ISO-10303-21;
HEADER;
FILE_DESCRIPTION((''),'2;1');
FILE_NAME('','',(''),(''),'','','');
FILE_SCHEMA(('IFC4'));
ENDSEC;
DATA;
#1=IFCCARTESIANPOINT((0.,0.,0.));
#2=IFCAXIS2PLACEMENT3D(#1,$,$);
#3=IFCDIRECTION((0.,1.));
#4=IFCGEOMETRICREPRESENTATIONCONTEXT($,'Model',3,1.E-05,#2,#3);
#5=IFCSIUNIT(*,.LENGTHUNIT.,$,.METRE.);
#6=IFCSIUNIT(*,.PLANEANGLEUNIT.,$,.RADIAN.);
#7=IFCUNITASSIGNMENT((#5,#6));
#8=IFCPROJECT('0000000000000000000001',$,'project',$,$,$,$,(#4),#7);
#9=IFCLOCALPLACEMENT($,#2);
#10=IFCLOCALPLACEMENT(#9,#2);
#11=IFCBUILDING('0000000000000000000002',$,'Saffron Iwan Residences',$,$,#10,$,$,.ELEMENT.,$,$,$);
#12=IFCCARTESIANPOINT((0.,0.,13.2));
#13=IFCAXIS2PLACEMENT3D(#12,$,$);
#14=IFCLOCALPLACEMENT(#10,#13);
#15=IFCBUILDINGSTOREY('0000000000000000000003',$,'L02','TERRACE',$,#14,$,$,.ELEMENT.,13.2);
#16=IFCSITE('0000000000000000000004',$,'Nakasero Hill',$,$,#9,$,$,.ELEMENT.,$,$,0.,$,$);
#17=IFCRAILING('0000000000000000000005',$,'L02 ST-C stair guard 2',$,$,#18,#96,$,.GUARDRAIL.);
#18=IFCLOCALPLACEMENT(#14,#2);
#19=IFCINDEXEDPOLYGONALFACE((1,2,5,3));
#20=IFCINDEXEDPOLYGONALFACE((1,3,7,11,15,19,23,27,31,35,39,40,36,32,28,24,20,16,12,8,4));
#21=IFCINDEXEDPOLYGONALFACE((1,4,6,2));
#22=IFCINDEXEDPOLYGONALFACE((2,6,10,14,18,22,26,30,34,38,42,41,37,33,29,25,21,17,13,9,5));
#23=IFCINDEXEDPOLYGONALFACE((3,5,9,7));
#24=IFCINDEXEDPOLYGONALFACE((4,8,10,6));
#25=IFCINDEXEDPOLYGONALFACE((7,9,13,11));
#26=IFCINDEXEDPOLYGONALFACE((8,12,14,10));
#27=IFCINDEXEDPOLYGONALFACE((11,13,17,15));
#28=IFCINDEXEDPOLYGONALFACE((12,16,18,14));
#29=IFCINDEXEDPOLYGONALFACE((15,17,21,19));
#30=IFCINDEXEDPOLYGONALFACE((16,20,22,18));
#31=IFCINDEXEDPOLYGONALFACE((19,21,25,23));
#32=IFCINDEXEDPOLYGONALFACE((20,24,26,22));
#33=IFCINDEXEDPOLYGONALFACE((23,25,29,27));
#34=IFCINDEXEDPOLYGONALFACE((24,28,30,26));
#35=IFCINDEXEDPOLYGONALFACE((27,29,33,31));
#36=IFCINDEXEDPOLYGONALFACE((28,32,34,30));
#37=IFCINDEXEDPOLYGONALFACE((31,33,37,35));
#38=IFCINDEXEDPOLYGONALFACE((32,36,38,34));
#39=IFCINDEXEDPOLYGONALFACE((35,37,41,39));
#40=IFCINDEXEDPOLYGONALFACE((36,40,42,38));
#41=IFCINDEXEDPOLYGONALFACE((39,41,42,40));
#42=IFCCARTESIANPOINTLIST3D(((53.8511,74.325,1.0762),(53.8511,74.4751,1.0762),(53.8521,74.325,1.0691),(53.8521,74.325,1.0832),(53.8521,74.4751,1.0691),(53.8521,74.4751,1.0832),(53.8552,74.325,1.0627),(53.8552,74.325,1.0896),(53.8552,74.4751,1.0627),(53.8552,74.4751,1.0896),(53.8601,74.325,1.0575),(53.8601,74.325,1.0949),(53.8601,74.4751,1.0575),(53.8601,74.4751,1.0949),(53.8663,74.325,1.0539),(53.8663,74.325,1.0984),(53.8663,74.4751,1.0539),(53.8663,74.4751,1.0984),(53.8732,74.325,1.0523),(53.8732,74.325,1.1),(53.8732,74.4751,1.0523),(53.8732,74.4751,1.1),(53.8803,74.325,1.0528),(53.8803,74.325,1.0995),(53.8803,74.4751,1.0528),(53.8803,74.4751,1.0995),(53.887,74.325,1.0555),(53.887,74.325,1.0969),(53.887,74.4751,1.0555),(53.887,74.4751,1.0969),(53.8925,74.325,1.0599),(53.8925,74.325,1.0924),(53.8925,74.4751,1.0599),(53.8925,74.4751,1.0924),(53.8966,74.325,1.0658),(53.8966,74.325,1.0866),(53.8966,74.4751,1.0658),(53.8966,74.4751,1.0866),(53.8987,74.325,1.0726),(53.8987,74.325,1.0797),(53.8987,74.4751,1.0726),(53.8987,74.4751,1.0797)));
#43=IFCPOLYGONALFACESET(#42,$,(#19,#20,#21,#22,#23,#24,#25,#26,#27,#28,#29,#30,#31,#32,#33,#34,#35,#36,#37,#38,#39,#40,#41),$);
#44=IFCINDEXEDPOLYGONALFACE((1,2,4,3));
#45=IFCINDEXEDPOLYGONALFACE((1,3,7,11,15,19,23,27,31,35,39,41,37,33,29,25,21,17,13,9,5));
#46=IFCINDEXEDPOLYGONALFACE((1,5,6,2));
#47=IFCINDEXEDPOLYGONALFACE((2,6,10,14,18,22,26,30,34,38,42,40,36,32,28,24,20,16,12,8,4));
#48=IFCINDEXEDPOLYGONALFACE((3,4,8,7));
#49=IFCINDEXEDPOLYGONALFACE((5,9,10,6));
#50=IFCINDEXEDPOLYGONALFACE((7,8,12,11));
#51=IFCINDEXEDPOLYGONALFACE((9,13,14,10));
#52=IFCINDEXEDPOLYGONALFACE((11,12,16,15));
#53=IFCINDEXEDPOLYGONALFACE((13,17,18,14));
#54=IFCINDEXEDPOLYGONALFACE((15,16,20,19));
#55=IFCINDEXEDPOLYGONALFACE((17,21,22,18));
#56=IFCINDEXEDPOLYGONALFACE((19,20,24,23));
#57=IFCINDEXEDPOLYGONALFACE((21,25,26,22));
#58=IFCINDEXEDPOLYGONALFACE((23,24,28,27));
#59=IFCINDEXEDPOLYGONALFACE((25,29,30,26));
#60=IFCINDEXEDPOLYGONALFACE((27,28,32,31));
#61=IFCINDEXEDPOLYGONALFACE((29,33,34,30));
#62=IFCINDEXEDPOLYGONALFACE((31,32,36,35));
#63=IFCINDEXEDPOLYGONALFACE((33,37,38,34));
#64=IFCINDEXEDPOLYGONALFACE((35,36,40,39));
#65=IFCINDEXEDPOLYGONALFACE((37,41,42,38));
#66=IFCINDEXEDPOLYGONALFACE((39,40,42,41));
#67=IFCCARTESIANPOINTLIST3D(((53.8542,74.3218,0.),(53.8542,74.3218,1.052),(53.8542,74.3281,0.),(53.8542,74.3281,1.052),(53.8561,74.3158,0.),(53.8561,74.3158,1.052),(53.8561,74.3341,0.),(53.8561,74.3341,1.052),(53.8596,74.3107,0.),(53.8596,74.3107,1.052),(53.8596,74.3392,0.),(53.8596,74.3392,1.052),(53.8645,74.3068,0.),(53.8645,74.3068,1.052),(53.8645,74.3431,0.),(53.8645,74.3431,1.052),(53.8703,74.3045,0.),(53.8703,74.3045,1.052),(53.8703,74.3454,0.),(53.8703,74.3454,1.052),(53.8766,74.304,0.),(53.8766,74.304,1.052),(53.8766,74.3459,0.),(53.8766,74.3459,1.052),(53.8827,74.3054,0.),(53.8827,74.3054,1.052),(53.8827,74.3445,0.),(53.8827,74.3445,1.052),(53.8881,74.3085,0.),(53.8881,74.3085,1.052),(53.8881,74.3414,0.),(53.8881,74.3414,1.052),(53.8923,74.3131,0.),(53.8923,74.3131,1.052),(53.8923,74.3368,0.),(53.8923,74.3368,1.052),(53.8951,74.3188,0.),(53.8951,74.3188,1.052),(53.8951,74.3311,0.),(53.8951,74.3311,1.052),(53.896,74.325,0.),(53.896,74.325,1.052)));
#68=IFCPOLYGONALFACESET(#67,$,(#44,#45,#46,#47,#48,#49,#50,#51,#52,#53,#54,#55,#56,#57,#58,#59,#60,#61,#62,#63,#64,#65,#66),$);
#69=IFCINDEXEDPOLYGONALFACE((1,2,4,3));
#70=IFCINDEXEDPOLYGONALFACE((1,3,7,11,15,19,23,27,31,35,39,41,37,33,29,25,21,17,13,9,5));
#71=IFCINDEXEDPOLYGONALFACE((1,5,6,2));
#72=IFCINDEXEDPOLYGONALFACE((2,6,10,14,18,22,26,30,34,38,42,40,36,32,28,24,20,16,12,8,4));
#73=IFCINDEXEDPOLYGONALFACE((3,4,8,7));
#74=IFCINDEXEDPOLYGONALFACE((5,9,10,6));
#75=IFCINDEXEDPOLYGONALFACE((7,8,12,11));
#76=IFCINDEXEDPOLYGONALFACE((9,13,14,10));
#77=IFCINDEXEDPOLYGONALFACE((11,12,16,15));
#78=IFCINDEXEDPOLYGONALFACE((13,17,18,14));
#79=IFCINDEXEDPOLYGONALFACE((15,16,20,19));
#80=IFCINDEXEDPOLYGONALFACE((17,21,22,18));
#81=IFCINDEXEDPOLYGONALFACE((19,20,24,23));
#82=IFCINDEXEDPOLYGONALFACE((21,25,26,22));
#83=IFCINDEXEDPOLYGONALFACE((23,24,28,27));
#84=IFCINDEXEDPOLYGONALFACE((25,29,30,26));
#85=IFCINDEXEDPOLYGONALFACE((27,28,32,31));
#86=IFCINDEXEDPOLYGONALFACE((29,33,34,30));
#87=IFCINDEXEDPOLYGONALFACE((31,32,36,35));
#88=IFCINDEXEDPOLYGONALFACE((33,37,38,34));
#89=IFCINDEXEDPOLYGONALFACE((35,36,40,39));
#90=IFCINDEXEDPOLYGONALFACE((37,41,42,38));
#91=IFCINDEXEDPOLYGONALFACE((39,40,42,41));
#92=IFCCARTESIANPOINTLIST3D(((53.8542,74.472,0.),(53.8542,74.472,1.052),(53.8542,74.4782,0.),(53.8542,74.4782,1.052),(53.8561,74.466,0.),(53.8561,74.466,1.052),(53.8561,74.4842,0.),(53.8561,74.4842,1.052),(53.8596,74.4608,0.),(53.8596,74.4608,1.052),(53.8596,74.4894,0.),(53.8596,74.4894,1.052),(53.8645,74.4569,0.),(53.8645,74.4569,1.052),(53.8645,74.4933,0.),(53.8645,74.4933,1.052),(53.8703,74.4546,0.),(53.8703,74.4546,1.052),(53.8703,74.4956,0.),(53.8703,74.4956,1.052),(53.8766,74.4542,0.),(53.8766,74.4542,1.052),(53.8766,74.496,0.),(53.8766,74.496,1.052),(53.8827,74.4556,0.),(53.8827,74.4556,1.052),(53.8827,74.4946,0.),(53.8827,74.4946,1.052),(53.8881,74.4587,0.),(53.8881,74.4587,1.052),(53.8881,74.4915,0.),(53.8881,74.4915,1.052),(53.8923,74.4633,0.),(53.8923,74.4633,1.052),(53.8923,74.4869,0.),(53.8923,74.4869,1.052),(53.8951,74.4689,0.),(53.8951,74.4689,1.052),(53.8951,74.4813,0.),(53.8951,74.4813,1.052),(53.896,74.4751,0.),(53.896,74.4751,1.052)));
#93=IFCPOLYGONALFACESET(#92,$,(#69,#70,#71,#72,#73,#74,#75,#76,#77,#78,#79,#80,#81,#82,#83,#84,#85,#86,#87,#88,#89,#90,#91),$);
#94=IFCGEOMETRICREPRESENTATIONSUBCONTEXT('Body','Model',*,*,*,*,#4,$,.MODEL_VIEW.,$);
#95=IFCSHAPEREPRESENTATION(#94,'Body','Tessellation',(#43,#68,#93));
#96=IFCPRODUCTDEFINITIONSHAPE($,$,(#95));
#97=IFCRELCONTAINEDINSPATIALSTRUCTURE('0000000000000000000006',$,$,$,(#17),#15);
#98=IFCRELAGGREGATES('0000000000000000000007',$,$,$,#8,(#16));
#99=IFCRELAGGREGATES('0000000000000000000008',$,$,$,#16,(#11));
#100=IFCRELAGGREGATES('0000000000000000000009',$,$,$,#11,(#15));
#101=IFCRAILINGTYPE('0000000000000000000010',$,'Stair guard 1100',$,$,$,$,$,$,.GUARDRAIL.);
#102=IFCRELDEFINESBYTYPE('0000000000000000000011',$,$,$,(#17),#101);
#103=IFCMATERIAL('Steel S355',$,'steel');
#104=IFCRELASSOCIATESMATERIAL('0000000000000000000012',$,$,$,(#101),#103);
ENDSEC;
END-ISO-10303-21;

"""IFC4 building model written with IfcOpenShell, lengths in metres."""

from ifc_helpers import new_model, si_unit, direction, frame, origin, origin_2d, place, context, subcontext, project, spatial, circle, extrude, material, type_object, element, save


model = new_model("IFC4")

# Units and contexts
model_context = context("Model", 3, precision=1e-05, world=origin(), true_north=direction((0.0, 1.0)))
body_context = subcontext(model_context, "Body", "Model", "MODEL_VIEW")
ifc_project = project(units=[si_unit("LENGTHUNIT", "METRE"), si_unit("PLANEANGLEUNIT", "RADIAN")], contexts=[model_context])

# Site, building, storey
site_placement = place(None, origin())
site = spatial("IfcSite", under=ifc_project, at=site_placement, Name="Nakasero Hill", CompositionType="ELEMENT", RefElevation=0.0)
building_placement = place(site_placement, origin())
building = spatial("IfcBuilding", under=site, at=building_placement, Name="Saffron Iwan Residences", CompositionType="ELEMENT")
storey_placement = place(building_placement, frame((0.0, 0.0, 13.2)))
storey = spatial("IfcBuildingStorey", under=building, at=storey_placement, Name="L02", Description="TERRACE", CompositionType="ELEMENT", Elevation=13.2)

# Railing
ifc_material_1 = material(Name="Steel S355", Category="steel")
railing_type_1 = type_object("IfcRailingType", Name="Stair guard 1100", PredefinedType="GUARDRAIL", material=ifc_material_1)
railing_1_placement = place(storey_placement, frame((53.875, 74.325, 0.0)))
element("IfcRailing", 1, at=railing_1_placement, inside=storey, type_object=railing_type_1, Name="L02 ST-C stair guard 2", PredefinedType="GUARDRAIL", context=body_context, shape_type="SweptSolid", body=[
    extrude(circle(Radius=0.0239, at=origin_2d()), frame((0.0, 0.0, 1.0762), z_axis=(0.0, 1.0, 0.0), x_axis=(-1.0, 0.0, 0.0)), (0.0, 0.0, 1.0), 0.1501),
    extrude(circle(Radius=0.021, at=origin_2d()), origin(), (0.0, 0.0, 1.0), 1.052),
    extrude(circle(Radius=0.021, at=origin_2d()), frame((0.0, 0.1501, 0.0)), (0.0, 0.0, 1.0), 1.052),
])

save(model, "model.ifc")
